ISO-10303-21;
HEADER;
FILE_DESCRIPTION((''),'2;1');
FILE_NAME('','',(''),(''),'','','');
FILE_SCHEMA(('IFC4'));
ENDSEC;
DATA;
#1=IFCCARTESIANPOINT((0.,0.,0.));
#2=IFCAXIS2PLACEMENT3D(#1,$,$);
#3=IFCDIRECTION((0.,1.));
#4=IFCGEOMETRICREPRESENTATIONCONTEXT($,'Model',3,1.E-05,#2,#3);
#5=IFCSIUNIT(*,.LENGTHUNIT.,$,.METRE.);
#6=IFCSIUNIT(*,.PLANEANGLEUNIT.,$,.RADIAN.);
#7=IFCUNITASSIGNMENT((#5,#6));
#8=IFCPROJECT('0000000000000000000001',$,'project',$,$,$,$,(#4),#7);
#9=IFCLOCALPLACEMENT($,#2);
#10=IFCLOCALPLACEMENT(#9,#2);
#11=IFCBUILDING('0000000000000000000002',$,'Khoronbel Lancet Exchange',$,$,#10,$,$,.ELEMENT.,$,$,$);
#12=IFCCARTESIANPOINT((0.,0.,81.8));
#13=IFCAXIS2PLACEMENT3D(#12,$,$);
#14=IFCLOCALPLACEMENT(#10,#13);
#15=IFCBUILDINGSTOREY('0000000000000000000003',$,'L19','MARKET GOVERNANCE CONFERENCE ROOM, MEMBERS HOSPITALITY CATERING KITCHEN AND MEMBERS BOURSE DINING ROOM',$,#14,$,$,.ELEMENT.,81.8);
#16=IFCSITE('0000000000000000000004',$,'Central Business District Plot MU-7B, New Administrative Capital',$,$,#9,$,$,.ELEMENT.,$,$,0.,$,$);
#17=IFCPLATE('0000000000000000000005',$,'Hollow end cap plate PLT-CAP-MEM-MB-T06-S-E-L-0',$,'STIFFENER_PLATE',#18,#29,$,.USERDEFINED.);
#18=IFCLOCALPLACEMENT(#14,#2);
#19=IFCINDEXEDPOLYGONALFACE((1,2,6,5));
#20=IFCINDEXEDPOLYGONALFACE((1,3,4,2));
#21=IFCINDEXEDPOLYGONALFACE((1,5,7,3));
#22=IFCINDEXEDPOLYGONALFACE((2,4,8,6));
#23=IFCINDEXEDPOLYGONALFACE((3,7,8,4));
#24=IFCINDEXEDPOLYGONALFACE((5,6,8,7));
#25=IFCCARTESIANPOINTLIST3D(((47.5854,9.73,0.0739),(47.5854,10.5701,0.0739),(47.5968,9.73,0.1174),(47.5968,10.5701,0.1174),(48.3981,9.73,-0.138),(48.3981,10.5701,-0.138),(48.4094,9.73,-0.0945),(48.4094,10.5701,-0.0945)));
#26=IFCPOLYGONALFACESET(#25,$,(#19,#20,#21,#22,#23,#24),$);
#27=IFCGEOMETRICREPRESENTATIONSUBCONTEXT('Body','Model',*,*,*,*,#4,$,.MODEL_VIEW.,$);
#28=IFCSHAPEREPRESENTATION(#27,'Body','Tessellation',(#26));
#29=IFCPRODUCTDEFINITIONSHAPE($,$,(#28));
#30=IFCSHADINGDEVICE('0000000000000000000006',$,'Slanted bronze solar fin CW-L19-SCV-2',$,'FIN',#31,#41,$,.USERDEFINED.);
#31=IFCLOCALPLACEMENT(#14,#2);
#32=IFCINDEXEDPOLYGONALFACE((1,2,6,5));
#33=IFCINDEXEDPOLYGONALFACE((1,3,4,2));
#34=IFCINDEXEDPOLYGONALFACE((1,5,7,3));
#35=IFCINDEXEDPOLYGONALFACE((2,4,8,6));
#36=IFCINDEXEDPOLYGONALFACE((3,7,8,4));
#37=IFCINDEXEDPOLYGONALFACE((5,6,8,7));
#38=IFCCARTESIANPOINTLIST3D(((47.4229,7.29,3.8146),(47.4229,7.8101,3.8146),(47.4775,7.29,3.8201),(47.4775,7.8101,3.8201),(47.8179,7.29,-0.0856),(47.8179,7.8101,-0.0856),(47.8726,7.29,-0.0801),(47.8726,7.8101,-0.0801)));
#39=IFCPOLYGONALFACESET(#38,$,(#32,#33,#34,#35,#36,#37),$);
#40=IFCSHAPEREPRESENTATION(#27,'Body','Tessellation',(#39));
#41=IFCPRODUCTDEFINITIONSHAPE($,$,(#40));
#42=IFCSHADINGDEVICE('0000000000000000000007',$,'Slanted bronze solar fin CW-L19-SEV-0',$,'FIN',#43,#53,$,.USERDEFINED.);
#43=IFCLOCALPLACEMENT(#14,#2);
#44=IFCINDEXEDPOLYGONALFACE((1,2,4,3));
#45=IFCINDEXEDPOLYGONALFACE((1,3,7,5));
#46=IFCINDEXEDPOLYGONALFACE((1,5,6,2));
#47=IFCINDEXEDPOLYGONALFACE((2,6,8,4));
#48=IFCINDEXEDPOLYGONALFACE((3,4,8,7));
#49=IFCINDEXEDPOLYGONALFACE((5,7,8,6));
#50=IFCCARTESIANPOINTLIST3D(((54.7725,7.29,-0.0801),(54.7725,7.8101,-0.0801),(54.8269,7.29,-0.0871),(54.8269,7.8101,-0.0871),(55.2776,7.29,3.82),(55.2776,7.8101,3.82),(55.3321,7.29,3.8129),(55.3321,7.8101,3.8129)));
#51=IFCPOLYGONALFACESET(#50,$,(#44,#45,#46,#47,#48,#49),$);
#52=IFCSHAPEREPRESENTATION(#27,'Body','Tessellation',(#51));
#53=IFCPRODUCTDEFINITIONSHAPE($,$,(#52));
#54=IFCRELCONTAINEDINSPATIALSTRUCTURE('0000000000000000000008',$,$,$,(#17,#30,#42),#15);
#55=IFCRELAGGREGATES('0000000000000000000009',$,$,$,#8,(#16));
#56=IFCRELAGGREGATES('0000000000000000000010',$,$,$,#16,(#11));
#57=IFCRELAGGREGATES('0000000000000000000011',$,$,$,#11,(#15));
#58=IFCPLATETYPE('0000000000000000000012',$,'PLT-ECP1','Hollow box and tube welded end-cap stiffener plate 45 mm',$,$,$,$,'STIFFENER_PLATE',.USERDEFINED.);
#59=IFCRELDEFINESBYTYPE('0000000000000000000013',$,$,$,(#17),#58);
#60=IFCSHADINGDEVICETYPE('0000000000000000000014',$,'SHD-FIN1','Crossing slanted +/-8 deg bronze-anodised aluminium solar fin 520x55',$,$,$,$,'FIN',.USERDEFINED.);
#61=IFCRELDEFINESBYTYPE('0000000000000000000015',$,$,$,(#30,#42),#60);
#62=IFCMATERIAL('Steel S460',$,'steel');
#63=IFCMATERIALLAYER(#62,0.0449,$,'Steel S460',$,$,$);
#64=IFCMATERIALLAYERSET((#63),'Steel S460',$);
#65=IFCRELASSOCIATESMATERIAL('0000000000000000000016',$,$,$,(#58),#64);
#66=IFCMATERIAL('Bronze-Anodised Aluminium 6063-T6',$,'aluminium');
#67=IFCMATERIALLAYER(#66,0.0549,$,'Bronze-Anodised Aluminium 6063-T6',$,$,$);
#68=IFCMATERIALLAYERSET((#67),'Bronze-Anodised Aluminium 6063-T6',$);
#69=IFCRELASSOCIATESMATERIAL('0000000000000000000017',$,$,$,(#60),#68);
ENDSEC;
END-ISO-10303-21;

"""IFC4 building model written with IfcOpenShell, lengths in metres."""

from ifc_helpers import new_model, si_unit, direction, frame, origin, place, context, subcontext, project, spatial, polyline, outline, extrude, material, layer, layer_set, type_object, element, save


model = new_model("IFC4")

# Units and contexts
model_context = context("Model", 3, precision=1e-05, world=origin(), true_north=direction((0.0, 1.0)))
body_context = subcontext(model_context, "Body", "Model", "MODEL_VIEW")
ifc_project = project(units=[si_unit("LENGTHUNIT", "METRE"), si_unit("PLANEANGLEUNIT", "RADIAN")], contexts=[model_context])

# Site, building, storey
site_placement = place(None, origin())
site = spatial("IfcSite", under=ifc_project, at=site_placement, Name="Central Business District Plot MU-7B, New Administrative Capital", CompositionType="ELEMENT", RefElevation=0.0)
building_placement = place(site_placement, origin())
building = spatial("IfcBuilding", under=site, at=building_placement, Name="Khoronbel Lancet Exchange", CompositionType="ELEMENT")
storey_placement = place(building_placement, frame((0.0, 0.0, 81.8)))
storey = spatial("IfcBuildingStorey", under=building, at=storey_placement, Name="L19", Description="MARKET GOVERNANCE CONFERENCE ROOM, MEMBERS HOSPITALITY CATERING KITCHEN AND MEMBERS BOURSE DINING ROOM", CompositionType="ELEMENT", Elevation=81.8)

# Shared definitions
ifc_material_1 = material(Name="Steel S460", Category="steel")

# Shared definitions
ifc_material_2 = material(Name="Bronze-Anodised Aluminium 6063-T6", Category="aluminium")

# Plate
ifc_layer_1 = layer(ifc_material_1, 0.0449, Name="Steel S460")
ifc_layer_set_1 = layer_set([ifc_layer_1], Name="Steel S460")
plate_type_1 = type_object("IfcPlateType", Name="PLT-ECP1", Description="Hollow box and tube welded end-cap stiffener plate 45 mm", ElementType="STIFFENER_PLATE", PredefinedType="USERDEFINED", material=ifc_layer_set_1)
for number, where, z_axis, x_axis, name in (
    (1, (48.4094, 9.73, -0.0945), (0.252304, 0.0, 0.967648), (0.0, 1.0, 0.0), "Hollow end cap plate PLT-CAP-MEM-MB-T06-S-E-L-0"),
):
    element("IfcPlate", number, at=place(storey_placement, frame(where, z_axis=z_axis, x_axis=x_axis)), inside=storey, type_object=plate_type_1, Name=name, ObjectType="STIFFENER_PLATE", PredefinedType="USERDEFINED", context=body_context, shape_type="SweptSolid", body=[
        extrude(outline(polyline([(0.0, 0.0), (0.8401, 0.0), (0.8401, 0.8398), (0.0, 0.8398), (0.0, 0.0)])), origin(), (0.0, 0.0, -1.0), 0.0449),
    ])

# Shading devices
ifc_layer_2 = layer(ifc_material_2, 0.0549, Name="Bronze-Anodised Aluminium 6063-T6")
ifc_layer_set_2 = layer_set([ifc_layer_2], Name="Bronze-Anodised Aluminium 6063-T6")
shading_device_type = type_object("IfcShadingDeviceType", Name="SHD-FIN1", Description="Crossing slanted +/-8 deg bronze-anodised aluminium solar fin 520x55", ElementType="FIN", PredefinedType="USERDEFINED", material=ifc_layer_set_2)
shading_device_1_placement = place(storey_placement, frame((47.8726, 7.8101, -0.0801), z_axis=(0.99491, 0.0, 0.100768), x_axis=(0.0, -1.0, 0.0)))
element("IfcShadingDevice", 2, at=shading_device_1_placement, inside=storey, type_object=shading_device_type, Name="Slanted bronze solar fin CW-L19-SCV-2", ObjectType="FIN", PredefinedType="USERDEFINED", context=body_context, shape_type="SweptSolid", body=[
    extrude(outline(polyline([(0.0, 0.0), (0.52, 0.0), (0.52, -3.9202), (0.0, -3.9202), (0.0, 0.0)])), origin(), (0.0, 0.0, -1.0), 0.0549),
])
shading_device_2_placement = place(storey_placement, frame((54.7725, 7.8101, -0.0801), z_axis=(-0.991717, 0.0, 0.128442), x_axis=(0.0, -1.0, 0.0)))
element("IfcShadingDevice", 3, at=shading_device_2_placement, inside=storey, type_object=shading_device_type, Name="Slanted bronze solar fin CW-L19-SEV-0", ObjectType="FIN", PredefinedType="USERDEFINED", context=body_context, shape_type="SweptSolid", body=[
    extrude(outline(polyline([(0.0, 0.0), (0.52, 0.0), (0.52, 3.9326), (0.0, 3.9326), (0.0, 0.0)])), origin(), (0.0, 0.0, -1.0), 0.0549),
])

save(model, "model.ifc")
